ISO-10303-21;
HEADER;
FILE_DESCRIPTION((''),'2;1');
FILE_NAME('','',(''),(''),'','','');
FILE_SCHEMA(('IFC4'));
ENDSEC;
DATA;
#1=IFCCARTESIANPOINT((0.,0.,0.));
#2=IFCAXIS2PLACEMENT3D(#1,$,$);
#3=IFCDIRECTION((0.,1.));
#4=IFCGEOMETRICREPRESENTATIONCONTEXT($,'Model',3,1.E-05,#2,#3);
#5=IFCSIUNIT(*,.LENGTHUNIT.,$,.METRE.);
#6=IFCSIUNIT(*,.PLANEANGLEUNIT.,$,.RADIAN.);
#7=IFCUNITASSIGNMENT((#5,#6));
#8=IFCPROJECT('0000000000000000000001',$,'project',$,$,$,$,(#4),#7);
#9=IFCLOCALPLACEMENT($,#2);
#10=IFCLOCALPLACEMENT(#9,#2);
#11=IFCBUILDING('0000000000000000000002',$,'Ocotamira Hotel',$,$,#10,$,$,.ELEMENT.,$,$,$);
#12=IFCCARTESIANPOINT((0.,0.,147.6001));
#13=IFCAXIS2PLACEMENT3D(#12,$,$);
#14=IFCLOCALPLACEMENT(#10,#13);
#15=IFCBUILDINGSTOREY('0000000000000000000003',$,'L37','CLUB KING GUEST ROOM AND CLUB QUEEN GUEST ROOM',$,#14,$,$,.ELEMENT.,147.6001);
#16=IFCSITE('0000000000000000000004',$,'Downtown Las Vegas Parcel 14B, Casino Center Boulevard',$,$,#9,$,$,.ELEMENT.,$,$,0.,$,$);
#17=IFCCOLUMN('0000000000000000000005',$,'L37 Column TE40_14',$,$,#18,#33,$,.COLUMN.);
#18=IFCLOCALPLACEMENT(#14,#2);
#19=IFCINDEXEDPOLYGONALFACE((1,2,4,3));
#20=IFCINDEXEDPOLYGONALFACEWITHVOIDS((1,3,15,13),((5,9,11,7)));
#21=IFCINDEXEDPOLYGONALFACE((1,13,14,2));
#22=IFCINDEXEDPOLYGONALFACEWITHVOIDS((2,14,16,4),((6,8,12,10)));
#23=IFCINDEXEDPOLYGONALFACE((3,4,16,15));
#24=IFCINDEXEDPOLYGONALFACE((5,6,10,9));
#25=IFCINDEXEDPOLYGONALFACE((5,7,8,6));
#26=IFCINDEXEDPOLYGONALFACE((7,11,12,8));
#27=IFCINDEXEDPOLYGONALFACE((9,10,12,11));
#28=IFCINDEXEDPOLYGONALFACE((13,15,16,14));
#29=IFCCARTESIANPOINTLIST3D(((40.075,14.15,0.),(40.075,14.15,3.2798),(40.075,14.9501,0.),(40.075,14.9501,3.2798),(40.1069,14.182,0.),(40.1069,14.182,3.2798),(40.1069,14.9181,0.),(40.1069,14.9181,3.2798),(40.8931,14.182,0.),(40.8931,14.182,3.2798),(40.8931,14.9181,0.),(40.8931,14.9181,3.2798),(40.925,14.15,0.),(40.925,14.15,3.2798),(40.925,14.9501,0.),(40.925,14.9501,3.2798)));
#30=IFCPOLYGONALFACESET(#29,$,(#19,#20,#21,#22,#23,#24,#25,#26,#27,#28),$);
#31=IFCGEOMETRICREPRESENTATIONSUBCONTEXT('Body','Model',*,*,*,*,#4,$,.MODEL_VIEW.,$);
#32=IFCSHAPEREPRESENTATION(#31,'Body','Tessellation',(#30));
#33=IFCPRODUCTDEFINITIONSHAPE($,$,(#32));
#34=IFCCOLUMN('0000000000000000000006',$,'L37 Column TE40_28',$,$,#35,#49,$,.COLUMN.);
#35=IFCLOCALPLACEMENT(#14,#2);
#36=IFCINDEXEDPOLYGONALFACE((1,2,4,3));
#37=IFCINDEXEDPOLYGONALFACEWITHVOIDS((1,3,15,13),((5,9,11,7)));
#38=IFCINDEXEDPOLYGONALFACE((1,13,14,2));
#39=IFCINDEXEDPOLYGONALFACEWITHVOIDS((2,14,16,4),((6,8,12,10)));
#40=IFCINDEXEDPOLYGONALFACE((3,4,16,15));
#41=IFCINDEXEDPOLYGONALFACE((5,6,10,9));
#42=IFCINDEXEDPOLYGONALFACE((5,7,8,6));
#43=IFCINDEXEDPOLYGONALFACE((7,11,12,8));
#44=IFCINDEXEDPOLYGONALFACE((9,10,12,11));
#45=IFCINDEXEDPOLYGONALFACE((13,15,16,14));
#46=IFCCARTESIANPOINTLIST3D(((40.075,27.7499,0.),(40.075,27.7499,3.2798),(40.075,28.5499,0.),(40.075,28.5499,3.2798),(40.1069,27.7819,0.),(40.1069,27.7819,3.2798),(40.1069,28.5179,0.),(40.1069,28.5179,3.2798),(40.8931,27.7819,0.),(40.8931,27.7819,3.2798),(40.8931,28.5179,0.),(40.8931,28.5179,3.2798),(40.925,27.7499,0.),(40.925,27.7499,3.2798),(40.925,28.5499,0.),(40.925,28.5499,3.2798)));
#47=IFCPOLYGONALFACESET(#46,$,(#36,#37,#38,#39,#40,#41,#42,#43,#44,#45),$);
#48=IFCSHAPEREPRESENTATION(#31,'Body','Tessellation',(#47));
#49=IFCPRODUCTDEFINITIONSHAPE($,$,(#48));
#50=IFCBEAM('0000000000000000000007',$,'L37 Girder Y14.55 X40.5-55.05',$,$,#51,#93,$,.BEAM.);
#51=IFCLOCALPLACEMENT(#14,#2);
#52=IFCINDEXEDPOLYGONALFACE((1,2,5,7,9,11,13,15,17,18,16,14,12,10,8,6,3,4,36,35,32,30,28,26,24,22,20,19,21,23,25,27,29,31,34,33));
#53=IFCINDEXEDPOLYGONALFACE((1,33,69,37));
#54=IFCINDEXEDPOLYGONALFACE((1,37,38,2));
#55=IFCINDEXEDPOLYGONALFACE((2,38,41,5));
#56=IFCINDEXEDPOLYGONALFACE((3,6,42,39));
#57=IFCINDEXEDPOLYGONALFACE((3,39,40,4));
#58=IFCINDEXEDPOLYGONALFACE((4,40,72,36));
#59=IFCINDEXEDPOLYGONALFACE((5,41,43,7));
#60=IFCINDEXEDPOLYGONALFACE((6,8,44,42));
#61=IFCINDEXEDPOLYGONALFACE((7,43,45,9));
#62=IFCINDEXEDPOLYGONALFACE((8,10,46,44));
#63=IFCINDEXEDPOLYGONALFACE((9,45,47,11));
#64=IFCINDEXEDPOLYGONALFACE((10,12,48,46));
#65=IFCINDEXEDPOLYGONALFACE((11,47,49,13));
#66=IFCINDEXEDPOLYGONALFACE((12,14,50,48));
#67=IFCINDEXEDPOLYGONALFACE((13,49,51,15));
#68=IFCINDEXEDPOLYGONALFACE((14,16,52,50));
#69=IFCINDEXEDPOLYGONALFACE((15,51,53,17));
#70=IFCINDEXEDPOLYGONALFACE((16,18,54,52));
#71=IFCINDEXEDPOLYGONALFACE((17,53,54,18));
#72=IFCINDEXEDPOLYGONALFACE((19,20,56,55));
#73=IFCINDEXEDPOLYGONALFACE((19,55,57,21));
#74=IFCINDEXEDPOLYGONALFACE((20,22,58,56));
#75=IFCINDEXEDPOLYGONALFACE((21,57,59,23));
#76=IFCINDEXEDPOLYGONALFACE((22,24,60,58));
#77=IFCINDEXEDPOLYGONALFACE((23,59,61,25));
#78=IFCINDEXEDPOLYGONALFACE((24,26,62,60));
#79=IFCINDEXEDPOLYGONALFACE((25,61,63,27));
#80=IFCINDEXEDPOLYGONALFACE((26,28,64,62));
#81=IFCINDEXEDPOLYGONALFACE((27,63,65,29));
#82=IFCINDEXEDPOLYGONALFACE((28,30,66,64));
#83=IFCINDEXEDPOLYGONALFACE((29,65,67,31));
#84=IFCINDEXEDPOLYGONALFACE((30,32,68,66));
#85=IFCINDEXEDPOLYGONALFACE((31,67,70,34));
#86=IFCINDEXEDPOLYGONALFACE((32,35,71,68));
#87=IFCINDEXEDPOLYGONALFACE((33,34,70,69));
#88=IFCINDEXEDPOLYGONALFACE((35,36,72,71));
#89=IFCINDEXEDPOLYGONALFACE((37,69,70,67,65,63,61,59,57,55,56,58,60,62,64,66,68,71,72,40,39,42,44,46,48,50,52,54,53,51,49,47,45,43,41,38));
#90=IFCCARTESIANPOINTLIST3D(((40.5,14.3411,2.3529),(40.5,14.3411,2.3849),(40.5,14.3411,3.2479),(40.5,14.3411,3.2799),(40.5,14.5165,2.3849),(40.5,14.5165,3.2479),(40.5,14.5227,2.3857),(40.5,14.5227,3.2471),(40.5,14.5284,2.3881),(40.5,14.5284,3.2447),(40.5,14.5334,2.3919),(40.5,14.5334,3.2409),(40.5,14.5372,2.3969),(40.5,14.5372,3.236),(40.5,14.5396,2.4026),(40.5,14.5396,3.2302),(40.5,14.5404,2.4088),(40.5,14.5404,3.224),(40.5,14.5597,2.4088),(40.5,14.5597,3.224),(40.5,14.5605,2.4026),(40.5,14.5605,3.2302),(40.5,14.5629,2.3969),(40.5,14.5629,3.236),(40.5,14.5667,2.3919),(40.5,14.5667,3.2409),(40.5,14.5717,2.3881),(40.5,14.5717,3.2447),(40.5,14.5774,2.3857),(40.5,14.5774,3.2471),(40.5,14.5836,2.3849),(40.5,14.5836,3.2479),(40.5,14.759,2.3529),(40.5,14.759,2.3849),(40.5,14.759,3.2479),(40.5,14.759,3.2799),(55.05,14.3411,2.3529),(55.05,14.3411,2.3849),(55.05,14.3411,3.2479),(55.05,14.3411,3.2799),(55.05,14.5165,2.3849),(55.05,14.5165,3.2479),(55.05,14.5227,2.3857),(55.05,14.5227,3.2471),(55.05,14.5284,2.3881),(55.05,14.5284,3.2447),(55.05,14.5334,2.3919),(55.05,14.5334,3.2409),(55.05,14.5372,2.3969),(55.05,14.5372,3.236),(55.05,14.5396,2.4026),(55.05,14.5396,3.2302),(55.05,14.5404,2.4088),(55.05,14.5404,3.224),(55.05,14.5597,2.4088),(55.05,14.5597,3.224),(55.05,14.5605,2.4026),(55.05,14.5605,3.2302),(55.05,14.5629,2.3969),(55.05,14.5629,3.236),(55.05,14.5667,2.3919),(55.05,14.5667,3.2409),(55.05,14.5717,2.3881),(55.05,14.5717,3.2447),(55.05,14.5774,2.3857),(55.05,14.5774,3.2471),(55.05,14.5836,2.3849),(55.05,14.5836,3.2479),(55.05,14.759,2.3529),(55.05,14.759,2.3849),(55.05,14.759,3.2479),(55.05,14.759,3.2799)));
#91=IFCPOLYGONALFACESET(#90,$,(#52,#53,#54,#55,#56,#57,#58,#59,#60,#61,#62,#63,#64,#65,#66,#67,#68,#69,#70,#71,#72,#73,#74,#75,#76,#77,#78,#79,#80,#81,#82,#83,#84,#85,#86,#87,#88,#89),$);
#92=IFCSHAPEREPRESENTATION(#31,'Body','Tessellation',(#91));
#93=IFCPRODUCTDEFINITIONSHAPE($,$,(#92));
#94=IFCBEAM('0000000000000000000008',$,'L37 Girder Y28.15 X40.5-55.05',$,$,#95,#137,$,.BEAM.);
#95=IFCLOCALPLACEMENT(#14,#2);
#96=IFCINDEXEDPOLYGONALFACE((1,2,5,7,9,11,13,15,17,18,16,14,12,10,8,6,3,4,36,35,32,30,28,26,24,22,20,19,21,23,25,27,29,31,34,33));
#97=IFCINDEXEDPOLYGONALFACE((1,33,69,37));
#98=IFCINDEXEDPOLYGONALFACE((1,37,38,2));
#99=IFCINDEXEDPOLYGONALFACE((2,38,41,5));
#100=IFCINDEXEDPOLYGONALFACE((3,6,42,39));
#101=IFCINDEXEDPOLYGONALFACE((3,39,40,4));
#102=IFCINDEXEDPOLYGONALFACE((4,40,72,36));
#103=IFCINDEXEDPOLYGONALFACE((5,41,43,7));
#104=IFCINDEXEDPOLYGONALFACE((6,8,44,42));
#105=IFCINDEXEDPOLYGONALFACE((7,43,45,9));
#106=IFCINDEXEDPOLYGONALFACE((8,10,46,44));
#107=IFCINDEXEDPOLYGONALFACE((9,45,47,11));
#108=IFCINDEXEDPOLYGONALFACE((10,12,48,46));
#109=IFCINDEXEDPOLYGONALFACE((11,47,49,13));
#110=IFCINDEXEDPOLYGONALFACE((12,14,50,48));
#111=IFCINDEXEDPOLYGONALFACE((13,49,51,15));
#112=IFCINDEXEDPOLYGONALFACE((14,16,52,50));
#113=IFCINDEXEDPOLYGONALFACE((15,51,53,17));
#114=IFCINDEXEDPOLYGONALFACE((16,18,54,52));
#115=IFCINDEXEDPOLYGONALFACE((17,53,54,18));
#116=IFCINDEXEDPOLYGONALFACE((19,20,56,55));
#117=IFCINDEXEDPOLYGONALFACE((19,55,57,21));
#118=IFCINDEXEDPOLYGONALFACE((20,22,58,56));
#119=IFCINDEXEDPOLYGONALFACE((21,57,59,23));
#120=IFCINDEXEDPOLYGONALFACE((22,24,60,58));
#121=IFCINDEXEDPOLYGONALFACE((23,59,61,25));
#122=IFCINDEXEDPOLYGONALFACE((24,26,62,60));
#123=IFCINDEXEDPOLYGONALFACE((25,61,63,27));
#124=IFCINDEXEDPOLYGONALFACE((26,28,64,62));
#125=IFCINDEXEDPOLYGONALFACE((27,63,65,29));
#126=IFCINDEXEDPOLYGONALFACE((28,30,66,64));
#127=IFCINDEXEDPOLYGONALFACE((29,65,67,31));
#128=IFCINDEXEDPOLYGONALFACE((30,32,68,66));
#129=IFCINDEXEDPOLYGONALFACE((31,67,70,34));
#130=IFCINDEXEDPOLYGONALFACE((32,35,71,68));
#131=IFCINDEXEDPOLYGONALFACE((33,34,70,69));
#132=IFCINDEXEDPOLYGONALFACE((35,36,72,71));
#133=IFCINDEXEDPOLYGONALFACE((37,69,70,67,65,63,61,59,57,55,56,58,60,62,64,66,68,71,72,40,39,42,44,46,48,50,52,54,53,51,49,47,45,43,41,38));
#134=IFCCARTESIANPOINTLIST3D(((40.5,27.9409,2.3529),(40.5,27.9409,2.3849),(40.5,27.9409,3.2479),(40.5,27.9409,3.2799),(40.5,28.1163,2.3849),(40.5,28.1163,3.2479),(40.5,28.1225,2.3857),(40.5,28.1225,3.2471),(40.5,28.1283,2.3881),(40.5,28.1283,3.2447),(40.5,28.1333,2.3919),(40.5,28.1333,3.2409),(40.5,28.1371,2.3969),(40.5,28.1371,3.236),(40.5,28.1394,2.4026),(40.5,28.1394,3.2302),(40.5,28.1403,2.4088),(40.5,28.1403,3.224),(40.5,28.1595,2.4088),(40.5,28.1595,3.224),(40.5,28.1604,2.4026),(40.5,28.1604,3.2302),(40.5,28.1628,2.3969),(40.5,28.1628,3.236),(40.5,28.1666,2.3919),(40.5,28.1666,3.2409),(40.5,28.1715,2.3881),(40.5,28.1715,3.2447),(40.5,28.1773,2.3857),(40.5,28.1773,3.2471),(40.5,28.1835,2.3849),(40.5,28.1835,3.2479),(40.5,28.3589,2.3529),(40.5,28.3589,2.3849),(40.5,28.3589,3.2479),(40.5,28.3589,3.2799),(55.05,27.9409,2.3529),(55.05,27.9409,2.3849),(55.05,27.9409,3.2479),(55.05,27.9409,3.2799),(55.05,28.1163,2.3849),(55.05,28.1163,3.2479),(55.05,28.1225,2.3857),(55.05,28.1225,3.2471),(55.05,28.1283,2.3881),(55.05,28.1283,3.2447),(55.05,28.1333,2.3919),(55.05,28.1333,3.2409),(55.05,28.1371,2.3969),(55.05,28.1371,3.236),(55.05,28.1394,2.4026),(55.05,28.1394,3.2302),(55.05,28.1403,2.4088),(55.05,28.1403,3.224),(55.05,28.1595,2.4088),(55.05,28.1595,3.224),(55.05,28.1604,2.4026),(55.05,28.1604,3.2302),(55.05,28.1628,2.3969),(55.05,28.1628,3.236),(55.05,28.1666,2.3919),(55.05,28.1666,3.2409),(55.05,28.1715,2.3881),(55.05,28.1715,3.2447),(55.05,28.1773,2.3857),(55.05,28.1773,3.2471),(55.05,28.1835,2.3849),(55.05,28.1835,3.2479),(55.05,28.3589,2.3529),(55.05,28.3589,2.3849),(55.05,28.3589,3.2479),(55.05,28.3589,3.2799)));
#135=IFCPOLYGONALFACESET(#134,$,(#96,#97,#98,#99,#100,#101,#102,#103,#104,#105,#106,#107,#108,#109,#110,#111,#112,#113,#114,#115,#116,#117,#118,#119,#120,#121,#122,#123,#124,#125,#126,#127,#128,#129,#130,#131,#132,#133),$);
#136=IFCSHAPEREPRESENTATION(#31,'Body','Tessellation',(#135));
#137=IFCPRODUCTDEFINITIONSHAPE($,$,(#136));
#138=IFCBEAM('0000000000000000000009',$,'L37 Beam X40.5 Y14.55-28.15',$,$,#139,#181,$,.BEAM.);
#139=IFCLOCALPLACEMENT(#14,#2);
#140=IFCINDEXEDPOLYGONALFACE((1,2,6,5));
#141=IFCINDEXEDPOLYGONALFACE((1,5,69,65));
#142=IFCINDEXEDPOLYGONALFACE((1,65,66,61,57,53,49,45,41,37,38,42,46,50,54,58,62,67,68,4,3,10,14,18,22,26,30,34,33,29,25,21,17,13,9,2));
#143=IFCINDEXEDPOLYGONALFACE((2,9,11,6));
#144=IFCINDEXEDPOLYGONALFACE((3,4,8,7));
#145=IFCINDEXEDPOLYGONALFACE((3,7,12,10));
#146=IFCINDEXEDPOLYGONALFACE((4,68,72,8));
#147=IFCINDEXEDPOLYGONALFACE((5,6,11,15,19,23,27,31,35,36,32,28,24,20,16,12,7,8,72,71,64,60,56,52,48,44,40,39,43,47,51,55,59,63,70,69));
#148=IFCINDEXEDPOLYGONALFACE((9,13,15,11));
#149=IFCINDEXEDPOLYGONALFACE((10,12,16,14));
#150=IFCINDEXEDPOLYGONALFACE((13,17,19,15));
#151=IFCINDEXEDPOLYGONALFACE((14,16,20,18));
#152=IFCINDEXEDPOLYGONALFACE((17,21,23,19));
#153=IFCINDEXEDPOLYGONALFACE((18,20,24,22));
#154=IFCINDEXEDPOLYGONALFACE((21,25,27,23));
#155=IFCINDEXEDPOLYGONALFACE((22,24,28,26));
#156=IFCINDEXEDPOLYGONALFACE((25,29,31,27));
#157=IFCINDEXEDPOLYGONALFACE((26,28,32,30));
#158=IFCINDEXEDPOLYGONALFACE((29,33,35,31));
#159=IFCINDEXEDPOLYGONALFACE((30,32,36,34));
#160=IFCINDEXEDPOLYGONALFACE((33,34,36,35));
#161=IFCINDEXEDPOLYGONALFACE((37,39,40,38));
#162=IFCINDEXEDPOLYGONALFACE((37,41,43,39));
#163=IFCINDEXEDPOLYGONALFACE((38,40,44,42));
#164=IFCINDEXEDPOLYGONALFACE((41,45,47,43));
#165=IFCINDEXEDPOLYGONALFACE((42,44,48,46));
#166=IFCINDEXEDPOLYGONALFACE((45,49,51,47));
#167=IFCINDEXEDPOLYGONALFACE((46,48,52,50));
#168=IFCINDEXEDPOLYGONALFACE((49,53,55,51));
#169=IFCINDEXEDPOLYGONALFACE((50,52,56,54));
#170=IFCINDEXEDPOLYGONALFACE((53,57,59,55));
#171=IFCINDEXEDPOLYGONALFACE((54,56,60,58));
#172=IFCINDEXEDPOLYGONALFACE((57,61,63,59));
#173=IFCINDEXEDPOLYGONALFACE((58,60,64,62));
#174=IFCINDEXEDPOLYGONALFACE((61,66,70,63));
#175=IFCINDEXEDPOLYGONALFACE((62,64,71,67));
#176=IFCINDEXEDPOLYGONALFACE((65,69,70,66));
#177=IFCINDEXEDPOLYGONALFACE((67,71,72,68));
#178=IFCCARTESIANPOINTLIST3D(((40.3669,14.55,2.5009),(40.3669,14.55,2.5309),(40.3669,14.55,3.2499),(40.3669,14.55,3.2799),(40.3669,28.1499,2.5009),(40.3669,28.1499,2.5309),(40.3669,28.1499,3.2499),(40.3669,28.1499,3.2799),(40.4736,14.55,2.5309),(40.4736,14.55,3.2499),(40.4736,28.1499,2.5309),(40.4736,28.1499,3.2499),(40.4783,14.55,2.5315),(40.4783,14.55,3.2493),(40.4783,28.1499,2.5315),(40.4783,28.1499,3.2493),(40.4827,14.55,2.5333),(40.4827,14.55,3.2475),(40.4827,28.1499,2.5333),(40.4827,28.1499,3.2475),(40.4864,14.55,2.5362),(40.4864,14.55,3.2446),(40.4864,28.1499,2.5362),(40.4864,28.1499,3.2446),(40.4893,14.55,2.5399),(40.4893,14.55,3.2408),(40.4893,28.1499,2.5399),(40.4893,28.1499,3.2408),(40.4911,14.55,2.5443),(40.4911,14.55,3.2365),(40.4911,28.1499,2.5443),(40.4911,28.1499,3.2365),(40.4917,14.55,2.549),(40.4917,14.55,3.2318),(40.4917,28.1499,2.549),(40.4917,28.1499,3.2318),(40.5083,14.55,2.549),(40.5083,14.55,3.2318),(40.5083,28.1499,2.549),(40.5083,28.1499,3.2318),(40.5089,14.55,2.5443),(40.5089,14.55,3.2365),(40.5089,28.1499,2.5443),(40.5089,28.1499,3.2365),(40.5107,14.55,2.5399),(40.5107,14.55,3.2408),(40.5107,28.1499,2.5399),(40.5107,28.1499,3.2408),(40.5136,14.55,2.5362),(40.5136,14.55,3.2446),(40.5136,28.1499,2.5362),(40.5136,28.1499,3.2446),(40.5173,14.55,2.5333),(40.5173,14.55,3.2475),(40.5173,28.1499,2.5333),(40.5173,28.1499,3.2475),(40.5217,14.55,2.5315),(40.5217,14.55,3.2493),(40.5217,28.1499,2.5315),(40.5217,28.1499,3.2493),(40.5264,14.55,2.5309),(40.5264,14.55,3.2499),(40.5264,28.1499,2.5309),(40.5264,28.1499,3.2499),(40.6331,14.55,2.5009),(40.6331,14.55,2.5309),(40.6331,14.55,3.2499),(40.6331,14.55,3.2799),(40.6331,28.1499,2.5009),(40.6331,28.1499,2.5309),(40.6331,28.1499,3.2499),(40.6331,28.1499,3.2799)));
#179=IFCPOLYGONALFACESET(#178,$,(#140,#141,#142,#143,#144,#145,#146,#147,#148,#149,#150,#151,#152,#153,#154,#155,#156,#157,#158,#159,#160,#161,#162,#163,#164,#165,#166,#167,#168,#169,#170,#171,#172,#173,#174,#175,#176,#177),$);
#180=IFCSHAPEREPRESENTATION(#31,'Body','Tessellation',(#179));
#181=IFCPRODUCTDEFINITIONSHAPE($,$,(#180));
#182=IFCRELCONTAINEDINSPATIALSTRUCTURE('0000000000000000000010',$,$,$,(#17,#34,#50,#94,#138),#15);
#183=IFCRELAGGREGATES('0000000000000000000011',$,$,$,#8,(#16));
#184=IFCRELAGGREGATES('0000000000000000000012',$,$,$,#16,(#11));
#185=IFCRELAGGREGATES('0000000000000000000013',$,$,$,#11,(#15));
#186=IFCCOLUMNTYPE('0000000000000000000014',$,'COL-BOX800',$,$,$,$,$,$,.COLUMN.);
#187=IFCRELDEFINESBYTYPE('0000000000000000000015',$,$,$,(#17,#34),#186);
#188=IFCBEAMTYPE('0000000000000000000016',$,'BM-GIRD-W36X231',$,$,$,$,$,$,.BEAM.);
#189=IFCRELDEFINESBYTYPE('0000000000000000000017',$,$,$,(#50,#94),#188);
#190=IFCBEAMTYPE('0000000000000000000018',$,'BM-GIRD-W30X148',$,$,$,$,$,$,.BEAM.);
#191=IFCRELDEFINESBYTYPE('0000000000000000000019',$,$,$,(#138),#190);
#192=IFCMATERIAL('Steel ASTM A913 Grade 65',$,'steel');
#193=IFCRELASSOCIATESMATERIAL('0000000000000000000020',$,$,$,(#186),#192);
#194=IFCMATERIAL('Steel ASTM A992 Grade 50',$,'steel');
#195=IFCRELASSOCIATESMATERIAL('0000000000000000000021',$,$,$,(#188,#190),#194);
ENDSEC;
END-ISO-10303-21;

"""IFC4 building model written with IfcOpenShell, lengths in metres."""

from ifc_helpers import new_model, si_unit, direction, frame, origin, origin_2d, place, context, subcontext, project, spatial, hollow_rectangle, i_section, extrude, source, transform, mapped, material, material_profile, profile_set, type_object, element, save


model = new_model("IFC4")

# Units and contexts
model_context = context("Model", 3, precision=1e-05, world=origin(), true_north=direction((0.0, 1.0)))
body_context = subcontext(model_context, "Body", "Model", "MODEL_VIEW")
ifc_project = project(units=[si_unit("LENGTHUNIT", "METRE"), si_unit("PLANEANGLEUNIT", "RADIAN")], contexts=[model_context])

# Site, building, storey
site_placement = place(None, origin())
site = spatial("IfcSite", under=ifc_project, at=site_placement, Name="Downtown Las Vegas Parcel 14B, Casino Center Boulevard", CompositionType="ELEMENT", RefElevation=0.0)
building_placement = place(site_placement, origin())
building = spatial("IfcBuilding", under=site, at=building_placement, Name="Ocotamira Hotel", CompositionType="ELEMENT")
storey_placement = place(building_placement, frame((0.0, 0.0, 147.6001)))
storey = spatial("IfcBuildingStorey", under=building, at=storey_placement, Name="L37", Description="CLUB KING GUEST ROOM AND CLUB QUEEN GUEST ROOM", CompositionType="ELEMENT", Elevation=147.6001)

# Columns
ifc_material_1 = material(Name="Steel ASTM A913 Grade 65", Category="steel")
ifc_material_profile_1 = material_profile(ifc_material_1, hollow_rectangle(XDim=0.8501, YDim=0.8, WallThickness=0.032, at=origin_2d()), Name="BOX800X850X32")
ifc_profile_set_1 = profile_set([ifc_material_profile_1], Name="Steel ASTM A913 Grade 65")
column_type = type_object("IfcColumnType", Name="COL-BOX800", PredefinedType="COLUMN", material=ifc_profile_set_1)
shared_shape_1 = source(origin(), body_context, "Body", "SweptSolid", [
    extrude(hollow_rectangle(XDim=0.8501, YDim=0.8, WallThickness=0.032, at=origin_2d()), origin(), (0.0, 0.0, 1.0), 3.2798),
])
for number, where, z_axis, x_axis, name in (
    (1, (40.5, 14.55, 0.0), (0.0, 0.0, 1.0), (1.0, 0.0, 0.0), "L37 Column TE40_14"),
    (2, (40.5, 28.1499, 0.0), (0.0, 0.0, 1.0), (1.0, 0.0, 0.0), "L37 Column TE40_28"),
):
    element("IfcColumn", number, at=place(storey_placement, frame(where, z_axis=z_axis, x_axis=x_axis)), inside=storey, type_object=column_type, Name=name, PredefinedType="COLUMN", context=body_context, shape_type="MappedRepresentation", body=[
        mapped(shared_shape_1, transform((0.0, 0.0, 0.0), scale=1.0)),
    ])

# Beams
ifc_material_2 = material(Name="Steel ASTM A992 Grade 50", Category="steel")
ifc_material_profile_2 = material_profile(ifc_material_2, i_section(OverallWidth=0.418, OverallDepth=0.927, WebThickness=0.0193, FlangeThickness=0.032, FilletRadius=0.0239, at=origin_2d()), Name="W36X231")
ifc_profile_set_2 = profile_set([ifc_material_profile_2], Name="Steel ASTM A992 Grade 50")
beam_type_1 = type_object("IfcBeamType", Name="BM-GIRD-W36X231", PredefinedType="BEAM", material=ifc_profile_set_2)
shared_shape_2 = source(origin(), body_context, "Body", "SweptSolid", [
    extrude(i_section(OverallWidth=0.418, OverallDepth=0.927, WebThickness=0.0193, FlangeThickness=0.032, FilletRadius=0.0239, at=origin_2d()), origin(), (0.0, 0.0, 1.0), 14.55),
])
for number, where, z_axis, x_axis, name in (
    (3, (40.5, 14.55, 2.8164), (1.0, 0.0, 0.0), (0.0, 1.0, 0.0), "L37 Girder Y14.55 X40.5-55.05"),
    (4, (40.5, 28.1499, 2.8164), (1.0, 0.0, 0.0), (0.0, 1.0, 0.0), "L37 Girder Y28.15 X40.5-55.05"),
):
    element("IfcBeam", number, at=place(storey_placement, frame(where, z_axis=z_axis, x_axis=x_axis)), inside=storey, type_object=beam_type_1, Name=name, PredefinedType="BEAM", context=body_context, shape_type="MappedRepresentation", body=[
        mapped(shared_shape_2, transform((0.0, 0.0, 0.0), scale=1.0)),
    ])
ifc_material_profile_3 = material_profile(ifc_material_2, i_section(OverallWidth=0.2661, OverallDepth=0.7791, WebThickness=0.0166, FlangeThickness=0.03, FilletRadius=0.0181, at=origin_2d()), Name="W30X148")
ifc_profile_set_3 = profile_set([ifc_material_profile_3], Name="Steel ASTM A992 Grade 50")
beam_type_2 = type_object("IfcBeamType", Name="BM-GIRD-W30X148", PredefinedType="BEAM", material=ifc_profile_set_3)
shared_shape_3 = source(origin(), body_context, "Body", "SweptSolid", [
    extrude(i_section(OverallWidth=0.2661, OverallDepth=0.7791, WebThickness=0.0166, FlangeThickness=0.03, FilletRadius=0.0181, at=origin_2d()), origin(), (0.0, 0.0, 1.0), 13.5999),
])
beam_1_placement = place(storey_placement, frame((40.5, 14.55, 2.8904), z_axis=(0.0, 1.0, 0.0), x_axis=(-1.0, 0.0, 0.0)))
element("IfcBeam", 5, at=beam_1_placement, inside=storey, type_object=beam_type_2, Name="L37 Beam X40.5 Y14.55-28.15", PredefinedType="BEAM", context=body_context, shape_type="MappedRepresentation", body=[
    mapped(shared_shape_3, transform((0.0, 0.0, 0.0), scale=1.0)),
])

save(model, "model.ifc")
